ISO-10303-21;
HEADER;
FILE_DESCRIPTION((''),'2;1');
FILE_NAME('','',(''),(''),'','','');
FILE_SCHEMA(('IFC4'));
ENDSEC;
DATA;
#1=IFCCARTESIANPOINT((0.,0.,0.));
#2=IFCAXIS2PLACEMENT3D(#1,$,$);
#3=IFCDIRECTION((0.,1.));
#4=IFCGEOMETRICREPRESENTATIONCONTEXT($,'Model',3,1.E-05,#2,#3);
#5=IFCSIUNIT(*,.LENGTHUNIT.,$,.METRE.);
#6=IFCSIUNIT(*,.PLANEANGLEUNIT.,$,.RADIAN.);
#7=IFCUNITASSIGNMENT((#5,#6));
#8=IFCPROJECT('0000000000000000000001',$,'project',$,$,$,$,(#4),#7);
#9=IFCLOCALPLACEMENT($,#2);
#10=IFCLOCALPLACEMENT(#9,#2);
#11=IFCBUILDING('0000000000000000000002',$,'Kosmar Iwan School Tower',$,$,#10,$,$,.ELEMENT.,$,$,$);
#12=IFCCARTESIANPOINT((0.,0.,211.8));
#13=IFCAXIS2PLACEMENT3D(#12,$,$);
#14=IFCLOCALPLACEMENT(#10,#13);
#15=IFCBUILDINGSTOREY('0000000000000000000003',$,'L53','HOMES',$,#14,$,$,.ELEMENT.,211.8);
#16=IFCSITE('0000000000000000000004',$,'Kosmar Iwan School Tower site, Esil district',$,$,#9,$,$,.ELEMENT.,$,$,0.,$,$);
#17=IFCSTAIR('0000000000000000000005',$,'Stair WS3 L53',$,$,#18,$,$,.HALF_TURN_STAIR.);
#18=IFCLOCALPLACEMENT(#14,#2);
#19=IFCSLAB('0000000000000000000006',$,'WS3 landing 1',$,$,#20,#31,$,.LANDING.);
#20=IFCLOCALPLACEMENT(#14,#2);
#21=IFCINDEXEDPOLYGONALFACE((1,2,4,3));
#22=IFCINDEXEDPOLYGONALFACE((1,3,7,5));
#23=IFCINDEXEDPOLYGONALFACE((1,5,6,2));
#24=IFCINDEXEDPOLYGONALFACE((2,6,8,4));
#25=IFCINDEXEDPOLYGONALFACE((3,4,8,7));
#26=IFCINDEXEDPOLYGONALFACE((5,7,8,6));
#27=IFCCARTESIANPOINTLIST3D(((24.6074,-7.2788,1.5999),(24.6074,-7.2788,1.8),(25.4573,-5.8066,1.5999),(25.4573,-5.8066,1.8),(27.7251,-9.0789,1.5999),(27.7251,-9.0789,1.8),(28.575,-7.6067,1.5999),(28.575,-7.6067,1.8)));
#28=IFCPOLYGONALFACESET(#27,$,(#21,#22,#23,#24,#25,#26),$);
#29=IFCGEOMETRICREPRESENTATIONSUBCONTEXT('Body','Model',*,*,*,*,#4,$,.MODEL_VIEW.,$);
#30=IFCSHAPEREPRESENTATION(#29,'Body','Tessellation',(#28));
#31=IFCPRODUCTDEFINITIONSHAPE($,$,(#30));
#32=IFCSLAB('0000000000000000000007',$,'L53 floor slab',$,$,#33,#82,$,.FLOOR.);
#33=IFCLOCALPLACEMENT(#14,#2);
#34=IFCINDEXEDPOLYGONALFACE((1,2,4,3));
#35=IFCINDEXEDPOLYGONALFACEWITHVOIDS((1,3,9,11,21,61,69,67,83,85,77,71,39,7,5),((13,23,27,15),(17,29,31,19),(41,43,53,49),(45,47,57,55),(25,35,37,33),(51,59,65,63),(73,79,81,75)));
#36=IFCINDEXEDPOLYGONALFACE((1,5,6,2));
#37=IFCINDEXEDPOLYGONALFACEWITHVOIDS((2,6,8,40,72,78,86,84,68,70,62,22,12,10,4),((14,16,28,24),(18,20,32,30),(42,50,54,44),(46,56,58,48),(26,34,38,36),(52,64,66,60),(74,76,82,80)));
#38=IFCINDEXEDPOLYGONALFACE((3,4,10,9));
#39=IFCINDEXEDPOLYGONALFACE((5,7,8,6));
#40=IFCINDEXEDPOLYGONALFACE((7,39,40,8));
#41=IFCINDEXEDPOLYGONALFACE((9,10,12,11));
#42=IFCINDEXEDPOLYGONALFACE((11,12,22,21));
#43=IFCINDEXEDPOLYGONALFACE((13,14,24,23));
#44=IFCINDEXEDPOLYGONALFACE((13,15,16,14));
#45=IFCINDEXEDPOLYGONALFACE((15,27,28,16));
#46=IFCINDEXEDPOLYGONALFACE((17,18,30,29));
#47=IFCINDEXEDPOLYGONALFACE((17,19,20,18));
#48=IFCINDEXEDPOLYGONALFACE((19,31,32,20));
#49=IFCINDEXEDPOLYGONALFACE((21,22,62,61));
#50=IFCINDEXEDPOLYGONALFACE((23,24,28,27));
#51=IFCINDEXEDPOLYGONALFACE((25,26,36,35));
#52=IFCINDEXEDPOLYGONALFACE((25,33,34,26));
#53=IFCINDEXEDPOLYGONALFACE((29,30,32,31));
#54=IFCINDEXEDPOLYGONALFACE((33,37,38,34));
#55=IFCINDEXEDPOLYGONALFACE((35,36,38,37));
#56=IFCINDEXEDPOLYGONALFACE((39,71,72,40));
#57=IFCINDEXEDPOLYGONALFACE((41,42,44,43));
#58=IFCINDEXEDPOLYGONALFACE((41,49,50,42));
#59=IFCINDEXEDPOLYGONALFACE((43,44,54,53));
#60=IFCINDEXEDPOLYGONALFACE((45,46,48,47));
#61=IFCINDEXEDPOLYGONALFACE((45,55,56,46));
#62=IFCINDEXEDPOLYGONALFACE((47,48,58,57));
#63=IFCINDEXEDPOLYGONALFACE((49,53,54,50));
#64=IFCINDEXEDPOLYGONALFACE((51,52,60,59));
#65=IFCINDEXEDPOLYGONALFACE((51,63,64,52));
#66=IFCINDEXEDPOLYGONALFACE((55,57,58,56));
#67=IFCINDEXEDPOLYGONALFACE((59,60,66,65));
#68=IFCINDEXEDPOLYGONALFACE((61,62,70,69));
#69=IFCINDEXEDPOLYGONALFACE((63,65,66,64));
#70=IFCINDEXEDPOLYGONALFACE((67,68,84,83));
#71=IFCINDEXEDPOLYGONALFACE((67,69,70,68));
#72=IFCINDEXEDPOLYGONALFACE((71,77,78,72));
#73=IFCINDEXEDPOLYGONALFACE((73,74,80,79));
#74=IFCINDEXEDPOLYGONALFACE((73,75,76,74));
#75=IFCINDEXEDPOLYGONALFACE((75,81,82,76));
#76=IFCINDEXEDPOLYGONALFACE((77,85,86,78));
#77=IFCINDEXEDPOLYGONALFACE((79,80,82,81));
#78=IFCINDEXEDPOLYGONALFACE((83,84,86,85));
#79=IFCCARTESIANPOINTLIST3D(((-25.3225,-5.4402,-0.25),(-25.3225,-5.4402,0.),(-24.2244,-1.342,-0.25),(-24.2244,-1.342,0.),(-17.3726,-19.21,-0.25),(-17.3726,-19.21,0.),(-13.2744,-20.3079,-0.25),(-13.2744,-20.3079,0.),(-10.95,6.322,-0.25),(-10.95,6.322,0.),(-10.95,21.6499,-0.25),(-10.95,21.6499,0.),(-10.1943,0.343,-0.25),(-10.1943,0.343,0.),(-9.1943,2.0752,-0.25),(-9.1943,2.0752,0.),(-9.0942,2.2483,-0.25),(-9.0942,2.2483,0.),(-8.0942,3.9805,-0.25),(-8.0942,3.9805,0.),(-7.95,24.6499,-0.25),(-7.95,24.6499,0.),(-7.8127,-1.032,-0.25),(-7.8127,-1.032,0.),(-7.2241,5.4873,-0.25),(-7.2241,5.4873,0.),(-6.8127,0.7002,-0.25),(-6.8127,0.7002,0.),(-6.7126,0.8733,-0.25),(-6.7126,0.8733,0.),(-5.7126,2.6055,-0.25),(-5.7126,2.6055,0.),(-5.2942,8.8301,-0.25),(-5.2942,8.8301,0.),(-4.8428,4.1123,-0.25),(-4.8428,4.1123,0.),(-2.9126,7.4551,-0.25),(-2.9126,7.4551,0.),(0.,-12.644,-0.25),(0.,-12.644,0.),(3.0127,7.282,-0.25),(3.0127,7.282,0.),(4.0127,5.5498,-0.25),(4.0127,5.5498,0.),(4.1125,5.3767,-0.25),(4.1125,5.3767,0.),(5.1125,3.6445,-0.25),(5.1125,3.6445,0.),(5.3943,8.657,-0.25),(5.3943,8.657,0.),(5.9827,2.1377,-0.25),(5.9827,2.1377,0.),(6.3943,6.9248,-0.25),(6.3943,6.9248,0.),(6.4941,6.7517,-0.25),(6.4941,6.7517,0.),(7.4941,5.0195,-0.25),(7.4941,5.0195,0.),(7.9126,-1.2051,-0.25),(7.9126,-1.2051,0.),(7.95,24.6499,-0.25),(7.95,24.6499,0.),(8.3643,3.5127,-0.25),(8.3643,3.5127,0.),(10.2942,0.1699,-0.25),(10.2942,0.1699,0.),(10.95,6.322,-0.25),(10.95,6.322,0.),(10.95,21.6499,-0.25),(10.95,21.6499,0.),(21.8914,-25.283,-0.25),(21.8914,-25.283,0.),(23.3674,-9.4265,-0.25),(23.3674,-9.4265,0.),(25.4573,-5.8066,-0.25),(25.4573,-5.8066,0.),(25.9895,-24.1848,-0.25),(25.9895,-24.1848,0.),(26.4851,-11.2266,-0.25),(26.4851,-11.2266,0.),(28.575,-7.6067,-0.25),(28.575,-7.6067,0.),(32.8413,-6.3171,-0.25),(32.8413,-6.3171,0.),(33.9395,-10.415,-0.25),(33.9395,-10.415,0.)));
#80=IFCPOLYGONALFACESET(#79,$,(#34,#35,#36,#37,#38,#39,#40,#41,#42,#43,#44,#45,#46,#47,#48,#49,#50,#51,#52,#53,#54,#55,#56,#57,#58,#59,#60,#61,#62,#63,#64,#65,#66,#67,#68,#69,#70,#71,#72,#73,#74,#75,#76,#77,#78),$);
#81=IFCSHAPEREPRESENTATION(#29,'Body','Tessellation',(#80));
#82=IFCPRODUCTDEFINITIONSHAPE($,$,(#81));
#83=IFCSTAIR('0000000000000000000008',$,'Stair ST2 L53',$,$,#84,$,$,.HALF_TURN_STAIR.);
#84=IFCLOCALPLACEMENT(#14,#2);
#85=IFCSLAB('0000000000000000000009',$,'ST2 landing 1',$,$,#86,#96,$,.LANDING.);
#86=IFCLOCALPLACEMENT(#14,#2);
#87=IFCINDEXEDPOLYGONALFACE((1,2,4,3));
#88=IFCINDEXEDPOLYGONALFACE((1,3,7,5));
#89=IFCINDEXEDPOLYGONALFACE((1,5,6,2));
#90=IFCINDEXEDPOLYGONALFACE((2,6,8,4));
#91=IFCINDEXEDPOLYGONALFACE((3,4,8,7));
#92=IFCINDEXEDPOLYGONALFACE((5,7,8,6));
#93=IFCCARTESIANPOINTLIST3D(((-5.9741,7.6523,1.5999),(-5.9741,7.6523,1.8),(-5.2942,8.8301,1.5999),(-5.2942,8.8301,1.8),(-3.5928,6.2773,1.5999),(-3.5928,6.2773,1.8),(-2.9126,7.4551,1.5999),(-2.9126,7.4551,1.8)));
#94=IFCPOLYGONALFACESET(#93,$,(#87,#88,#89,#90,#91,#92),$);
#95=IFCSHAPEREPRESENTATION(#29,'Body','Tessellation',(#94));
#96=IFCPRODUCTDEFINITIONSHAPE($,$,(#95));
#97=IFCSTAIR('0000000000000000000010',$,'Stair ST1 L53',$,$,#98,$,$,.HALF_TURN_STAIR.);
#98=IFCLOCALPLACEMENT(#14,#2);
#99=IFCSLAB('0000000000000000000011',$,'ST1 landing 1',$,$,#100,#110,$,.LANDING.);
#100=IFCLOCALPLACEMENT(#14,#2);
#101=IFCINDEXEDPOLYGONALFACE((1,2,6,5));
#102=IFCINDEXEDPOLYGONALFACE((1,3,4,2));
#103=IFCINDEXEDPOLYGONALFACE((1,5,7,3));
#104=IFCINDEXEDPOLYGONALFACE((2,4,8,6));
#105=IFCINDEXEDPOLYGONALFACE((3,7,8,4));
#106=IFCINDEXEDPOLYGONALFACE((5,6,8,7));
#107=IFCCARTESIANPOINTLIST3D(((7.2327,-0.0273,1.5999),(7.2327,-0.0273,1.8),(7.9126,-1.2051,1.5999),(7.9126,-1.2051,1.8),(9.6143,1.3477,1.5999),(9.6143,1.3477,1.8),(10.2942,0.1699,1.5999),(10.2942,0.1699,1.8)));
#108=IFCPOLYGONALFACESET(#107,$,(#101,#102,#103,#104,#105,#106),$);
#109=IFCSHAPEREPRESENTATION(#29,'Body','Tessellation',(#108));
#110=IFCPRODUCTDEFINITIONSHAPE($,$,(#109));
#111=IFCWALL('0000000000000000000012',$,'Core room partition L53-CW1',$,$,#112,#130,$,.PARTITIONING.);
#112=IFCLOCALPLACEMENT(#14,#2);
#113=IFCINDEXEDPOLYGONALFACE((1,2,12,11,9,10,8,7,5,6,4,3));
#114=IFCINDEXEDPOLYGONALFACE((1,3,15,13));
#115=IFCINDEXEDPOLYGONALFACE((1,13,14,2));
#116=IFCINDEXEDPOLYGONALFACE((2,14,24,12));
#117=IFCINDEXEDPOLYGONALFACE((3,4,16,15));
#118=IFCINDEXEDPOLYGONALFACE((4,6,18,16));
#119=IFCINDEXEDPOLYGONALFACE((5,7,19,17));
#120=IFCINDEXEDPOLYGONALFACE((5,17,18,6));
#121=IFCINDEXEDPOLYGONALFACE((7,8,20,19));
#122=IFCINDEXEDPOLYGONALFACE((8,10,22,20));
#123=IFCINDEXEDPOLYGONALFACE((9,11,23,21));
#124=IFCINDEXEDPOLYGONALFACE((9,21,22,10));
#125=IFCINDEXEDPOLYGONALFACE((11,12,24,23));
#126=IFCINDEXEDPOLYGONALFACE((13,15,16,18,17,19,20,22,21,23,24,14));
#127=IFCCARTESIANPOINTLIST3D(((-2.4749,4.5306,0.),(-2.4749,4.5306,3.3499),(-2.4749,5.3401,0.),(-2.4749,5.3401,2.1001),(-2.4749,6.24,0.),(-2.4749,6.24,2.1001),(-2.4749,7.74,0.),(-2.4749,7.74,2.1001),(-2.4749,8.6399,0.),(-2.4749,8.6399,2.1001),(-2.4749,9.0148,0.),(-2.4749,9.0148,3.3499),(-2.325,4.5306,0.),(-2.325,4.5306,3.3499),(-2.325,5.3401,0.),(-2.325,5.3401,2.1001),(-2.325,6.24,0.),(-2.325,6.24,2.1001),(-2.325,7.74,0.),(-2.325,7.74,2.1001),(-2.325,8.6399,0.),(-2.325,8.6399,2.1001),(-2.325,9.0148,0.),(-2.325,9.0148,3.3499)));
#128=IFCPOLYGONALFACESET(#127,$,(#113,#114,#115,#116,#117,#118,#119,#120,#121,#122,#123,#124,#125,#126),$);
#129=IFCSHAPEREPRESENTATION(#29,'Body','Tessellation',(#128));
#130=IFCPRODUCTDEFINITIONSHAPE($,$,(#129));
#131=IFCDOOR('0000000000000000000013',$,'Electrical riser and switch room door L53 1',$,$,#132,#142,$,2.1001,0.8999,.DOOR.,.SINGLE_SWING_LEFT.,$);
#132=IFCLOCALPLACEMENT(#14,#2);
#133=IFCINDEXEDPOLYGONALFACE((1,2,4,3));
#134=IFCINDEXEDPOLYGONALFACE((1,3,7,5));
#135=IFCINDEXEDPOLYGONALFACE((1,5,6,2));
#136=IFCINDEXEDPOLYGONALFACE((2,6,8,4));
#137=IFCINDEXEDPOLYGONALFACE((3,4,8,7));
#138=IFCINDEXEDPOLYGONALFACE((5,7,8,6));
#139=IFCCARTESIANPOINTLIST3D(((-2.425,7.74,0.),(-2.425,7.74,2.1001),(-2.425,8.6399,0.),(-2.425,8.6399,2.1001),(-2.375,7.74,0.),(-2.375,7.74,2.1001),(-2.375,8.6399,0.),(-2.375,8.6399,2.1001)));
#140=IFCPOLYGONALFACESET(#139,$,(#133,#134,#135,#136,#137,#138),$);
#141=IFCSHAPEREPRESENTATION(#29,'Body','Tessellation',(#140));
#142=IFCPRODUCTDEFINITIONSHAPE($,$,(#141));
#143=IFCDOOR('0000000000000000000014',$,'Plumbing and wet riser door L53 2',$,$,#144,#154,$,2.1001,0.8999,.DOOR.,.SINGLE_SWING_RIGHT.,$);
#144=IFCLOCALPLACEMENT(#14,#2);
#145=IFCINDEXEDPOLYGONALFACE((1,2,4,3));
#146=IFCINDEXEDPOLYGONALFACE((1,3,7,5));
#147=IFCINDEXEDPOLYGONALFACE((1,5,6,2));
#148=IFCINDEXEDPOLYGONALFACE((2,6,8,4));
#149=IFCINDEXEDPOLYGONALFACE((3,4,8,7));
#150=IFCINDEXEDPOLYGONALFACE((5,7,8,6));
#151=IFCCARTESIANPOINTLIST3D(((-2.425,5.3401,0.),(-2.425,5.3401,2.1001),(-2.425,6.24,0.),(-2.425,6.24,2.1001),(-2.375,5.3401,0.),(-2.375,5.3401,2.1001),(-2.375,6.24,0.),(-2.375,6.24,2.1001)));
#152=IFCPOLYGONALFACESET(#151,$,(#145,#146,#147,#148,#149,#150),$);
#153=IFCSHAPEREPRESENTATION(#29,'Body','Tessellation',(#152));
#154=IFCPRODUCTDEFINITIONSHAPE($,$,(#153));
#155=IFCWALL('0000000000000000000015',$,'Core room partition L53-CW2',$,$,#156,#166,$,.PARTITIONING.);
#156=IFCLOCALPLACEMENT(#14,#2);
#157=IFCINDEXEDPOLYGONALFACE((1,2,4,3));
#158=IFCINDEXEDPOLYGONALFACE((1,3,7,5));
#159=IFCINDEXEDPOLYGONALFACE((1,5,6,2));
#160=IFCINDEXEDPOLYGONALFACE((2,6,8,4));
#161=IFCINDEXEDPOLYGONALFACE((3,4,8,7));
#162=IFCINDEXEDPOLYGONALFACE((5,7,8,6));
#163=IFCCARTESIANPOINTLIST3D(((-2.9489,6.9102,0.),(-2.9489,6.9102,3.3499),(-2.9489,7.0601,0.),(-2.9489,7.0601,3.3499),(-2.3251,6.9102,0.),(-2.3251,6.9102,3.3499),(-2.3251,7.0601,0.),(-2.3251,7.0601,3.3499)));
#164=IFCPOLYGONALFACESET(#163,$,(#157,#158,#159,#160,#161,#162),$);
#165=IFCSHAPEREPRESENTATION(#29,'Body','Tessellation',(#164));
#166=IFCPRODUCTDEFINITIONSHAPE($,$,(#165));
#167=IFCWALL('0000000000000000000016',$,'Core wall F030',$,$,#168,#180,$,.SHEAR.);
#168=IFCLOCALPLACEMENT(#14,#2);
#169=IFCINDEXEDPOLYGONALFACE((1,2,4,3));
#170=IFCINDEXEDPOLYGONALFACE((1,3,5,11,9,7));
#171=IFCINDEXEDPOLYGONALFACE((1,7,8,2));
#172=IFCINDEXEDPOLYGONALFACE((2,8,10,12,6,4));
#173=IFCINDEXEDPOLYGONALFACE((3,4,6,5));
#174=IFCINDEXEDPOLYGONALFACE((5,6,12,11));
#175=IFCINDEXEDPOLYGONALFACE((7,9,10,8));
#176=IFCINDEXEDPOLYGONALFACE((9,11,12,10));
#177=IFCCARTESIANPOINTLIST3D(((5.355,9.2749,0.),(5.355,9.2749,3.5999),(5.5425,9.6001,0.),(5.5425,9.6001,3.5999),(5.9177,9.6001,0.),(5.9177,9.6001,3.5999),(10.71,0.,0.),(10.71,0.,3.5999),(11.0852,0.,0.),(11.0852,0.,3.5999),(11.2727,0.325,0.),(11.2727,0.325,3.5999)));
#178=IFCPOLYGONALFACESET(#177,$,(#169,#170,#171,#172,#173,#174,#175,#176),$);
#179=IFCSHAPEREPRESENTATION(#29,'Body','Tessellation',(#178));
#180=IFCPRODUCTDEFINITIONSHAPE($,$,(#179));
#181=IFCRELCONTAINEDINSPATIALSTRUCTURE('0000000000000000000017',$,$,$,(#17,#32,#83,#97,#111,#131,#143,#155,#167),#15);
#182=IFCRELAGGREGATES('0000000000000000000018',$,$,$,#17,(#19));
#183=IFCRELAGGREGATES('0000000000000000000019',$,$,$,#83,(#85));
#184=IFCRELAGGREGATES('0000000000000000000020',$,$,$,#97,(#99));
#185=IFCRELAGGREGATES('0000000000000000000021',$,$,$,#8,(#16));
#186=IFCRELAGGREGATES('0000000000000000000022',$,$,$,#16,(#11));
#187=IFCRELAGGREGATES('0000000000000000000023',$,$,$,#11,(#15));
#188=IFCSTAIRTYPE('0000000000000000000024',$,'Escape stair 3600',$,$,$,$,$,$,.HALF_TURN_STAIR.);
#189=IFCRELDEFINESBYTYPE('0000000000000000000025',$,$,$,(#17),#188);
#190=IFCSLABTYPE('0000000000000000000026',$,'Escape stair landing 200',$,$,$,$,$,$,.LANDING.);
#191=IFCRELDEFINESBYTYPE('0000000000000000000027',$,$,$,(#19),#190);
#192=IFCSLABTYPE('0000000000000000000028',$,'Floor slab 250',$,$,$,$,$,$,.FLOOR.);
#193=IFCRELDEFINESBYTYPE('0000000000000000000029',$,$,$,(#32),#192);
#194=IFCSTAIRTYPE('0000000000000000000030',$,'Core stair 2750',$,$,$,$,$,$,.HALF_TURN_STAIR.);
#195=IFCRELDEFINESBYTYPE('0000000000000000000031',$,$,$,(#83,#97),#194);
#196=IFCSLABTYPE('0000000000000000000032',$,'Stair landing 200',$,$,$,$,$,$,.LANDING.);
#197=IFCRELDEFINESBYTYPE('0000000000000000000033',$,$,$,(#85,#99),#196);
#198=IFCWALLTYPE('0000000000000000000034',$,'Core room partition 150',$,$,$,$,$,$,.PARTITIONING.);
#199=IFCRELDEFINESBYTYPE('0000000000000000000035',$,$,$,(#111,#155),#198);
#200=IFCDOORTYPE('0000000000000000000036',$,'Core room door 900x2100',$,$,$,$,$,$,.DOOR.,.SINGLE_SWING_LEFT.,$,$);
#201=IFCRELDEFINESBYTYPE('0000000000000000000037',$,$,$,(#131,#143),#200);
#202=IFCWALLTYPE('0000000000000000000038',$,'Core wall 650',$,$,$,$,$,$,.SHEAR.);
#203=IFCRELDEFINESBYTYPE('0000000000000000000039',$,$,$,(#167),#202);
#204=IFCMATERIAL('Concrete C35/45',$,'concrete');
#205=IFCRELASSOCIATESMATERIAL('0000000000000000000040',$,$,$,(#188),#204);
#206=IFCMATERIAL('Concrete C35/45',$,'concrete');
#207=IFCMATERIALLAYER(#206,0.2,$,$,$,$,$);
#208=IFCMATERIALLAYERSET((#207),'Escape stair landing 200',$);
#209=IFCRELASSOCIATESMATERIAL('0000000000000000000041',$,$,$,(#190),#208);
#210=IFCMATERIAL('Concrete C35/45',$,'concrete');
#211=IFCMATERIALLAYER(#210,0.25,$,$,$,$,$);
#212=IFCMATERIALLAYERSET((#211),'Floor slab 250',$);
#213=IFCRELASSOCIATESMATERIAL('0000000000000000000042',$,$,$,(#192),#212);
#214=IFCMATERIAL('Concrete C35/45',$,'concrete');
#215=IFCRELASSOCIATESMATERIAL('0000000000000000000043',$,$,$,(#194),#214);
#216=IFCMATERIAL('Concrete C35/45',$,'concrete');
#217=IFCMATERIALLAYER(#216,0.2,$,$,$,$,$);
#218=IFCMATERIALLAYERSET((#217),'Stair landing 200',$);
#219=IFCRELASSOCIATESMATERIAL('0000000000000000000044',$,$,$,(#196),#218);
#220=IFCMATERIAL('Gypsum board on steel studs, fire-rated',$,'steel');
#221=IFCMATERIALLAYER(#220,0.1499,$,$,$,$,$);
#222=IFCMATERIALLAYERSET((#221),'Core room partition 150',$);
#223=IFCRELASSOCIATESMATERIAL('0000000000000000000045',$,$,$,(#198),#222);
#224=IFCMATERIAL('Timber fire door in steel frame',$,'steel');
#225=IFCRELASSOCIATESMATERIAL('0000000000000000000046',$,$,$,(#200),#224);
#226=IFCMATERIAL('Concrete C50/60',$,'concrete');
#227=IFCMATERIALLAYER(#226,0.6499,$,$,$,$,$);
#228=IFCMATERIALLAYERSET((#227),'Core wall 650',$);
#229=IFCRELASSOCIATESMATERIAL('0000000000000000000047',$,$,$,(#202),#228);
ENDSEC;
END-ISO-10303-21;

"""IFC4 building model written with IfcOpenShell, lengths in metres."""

from ifc_helpers import new_model, si_unit, direction, frame, frame_2d, origin, place, context, subcontext, project, spatial, polyline, rectangle, outline, extrude, material, layer, layer_set, type_object, element, fill, aggregate, save


model = new_model("IFC4")

# Units and contexts
model_context = context("Model", 3, precision=1e-05, world=origin(), true_north=direction((0.0, 1.0)))
body_context = subcontext(model_context, "Body", "Model", "MODEL_VIEW")
ifc_project = project(units=[si_unit("LENGTHUNIT", "METRE"), si_unit("PLANEANGLEUNIT", "RADIAN")], contexts=[model_context])

# Site, building, storey
site_placement = place(None, origin())
site = spatial("IfcSite", under=ifc_project, at=site_placement, Name="Kosmar Iwan School Tower site, Esil district", CompositionType="ELEMENT", RefElevation=0.0)
building_placement = place(site_placement, origin())
building = spatial("IfcBuilding", under=site, at=building_placement, Name="Kosmar Iwan School Tower", CompositionType="ELEMENT")
storey_placement = place(building_placement, frame((0.0, 0.0, 211.8)))
storey = spatial("IfcBuildingStorey", under=building, at=storey_placement, Name="L53", Description="HOMES", CompositionType="ELEMENT", Elevation=211.8)

# Stair, slab
ifc_material_1 = material(Name="Concrete C35/45", Category="concrete")
stair_type_1 = type_object("IfcStairType", Name="Escape stair 3600", PredefinedType="HALF_TURN_STAIR", material=ifc_material_1)
stair_1_placement = place(storey_placement, origin())
stair_1 = element("IfcStair", 1, at=stair_1_placement, inside=storey, type_object=stair_type_1, Name="Stair WS3 L53", PredefinedType="HALF_TURN_STAIR")
ifc_material_2 = material(Name="Concrete C35/45", Category="concrete")
ifc_layer_1 = layer(ifc_material_2, 0.2)
ifc_layer_set_1 = layer_set([ifc_layer_1], Name="Escape stair landing 200")
slab_type_1 = type_object("IfcSlabType", Name="Escape stair landing 200", PredefinedType="LANDING", material=ifc_layer_set_1)
slab_1_placement = place(storey_placement, frame((0.0, 0.0, 1.5999)))
slab_1 = element("IfcSlab", 2, at=slab_1_placement, type_object=slab_type_1, Name="WS3 landing 1", PredefinedType="LANDING", context=body_context, shape_type="SweptSolid", body=[
    extrude(outline(polyline([(24.6074, -7.2788), (27.7251, -9.0789), (28.575, -7.6067), (25.4573, -5.8066), (24.6074, -7.2788)])), origin(), (0.0, 0.0, 1.0), 0.2002),
])
aggregate(stair_1, [slab_1])

# Slab
ifc_material_3 = material(Name="Concrete C35/45", Category="concrete")
ifc_layer_2 = layer(ifc_material_3, 0.25)
ifc_layer_set_2 = layer_set([ifc_layer_2], Name="Floor slab 250")
slab_type_2 = type_object("IfcSlabType", Name="Floor slab 250", PredefinedType="FLOOR", material=ifc_layer_set_2)
slab_2_placement = place(storey_placement, frame((0.0, 0.0, -0.25)))
element("IfcSlab", 3, at=slab_2_placement, inside=storey, type_object=slab_type_2, Name="L53 floor slab", PredefinedType="FLOOR", context=body_context, shape_type="SweptSolid", body=[
    extrude(outline(polyline([(21.8914, -25.283), (25.9895, -24.1848), (33.9395, -10.415), (32.8413, -6.3171), (10.95, 6.322), (10.95, 21.6499), (7.95, 24.6499), (-7.95, 24.6499), (-10.95, 21.6499), (-10.95, 6.322), (-24.2244, -1.342), (-25.3225, -5.4402), (-17.3726, -19.21), (-13.2744, -20.3079), (0.0, -12.644), (21.8914, -25.283)]), holes=[polyline([(7.9126, -1.2051), (10.2942, 0.1699), (8.3643, 3.5127), (5.9827, 2.1377), (7.9126, -1.2051)]), polyline([(-2.9126, 7.4551), (-5.2942, 8.8301), (-7.2241, 5.4873), (-4.8428, 4.1123), (-2.9126, 7.4551)]), polyline([(-5.7126, 2.6055), (-8.0942, 3.9805), (-9.0942, 2.2483), (-6.7126, 0.8733), (-5.7126, 2.6055)]), polyline([(-6.8127, 0.7002), (-9.1943, 2.0752), (-10.1943, 0.343), (-7.8127, -1.032), (-6.8127, 0.7002)]), polyline([(5.1125, 3.6445), (7.4941, 5.0195), (6.4941, 6.7517), (4.1125, 5.3767), (5.1125, 3.6445)]), polyline([(4.0127, 5.5498), (6.3943, 6.9248), (5.3943, 8.657), (3.0127, 7.282), (4.0127, 5.5498)]), polyline([(23.3674, -9.4265), (26.4851, -11.2266), (28.575, -7.6067), (25.4573, -5.8066), (23.3674, -9.4265)])]), origin(), (0.0, 0.0, 1.0), 0.25),
])

# Stairs, slabs
ifc_material_4 = material(Name="Concrete C35/45", Category="concrete")
stair_type_2 = type_object("IfcStairType", Name="Core stair 2750", PredefinedType="HALF_TURN_STAIR", material=ifc_material_4)
stair_2_placement = place(storey_placement, origin())
stair_2 = element("IfcStair", 4, at=stair_2_placement, inside=storey, type_object=stair_type_2, Name="Stair ST2 L53", PredefinedType="HALF_TURN_STAIR")
ifc_material_5 = material(Name="Concrete C35/45", Category="concrete")
ifc_layer_3 = layer(ifc_material_5, 0.2)
ifc_layer_set_3 = layer_set([ifc_layer_3], Name="Stair landing 200")
slab_type_3 = type_object("IfcSlabType", Name="Stair landing 200", PredefinedType="LANDING", material=ifc_layer_set_3)
slab_3_placement = place(storey_placement, frame((0.0, 0.0, 1.5999)))
slab_3 = element("IfcSlab", 5, at=slab_3_placement, type_object=slab_type_3, Name="ST2 landing 1", PredefinedType="LANDING", context=body_context, shape_type="SweptSolid", body=[
    extrude(outline(polyline([(-2.9126, 7.4551), (-5.2942, 8.8301), (-5.9741, 7.6523), (-3.5928, 6.2773), (-2.9126, 7.4551)])), origin(), (0.0, 0.0, 1.0), 0.2002),
])
aggregate(stair_2, [slab_3])
stair_3_placement = place(storey_placement, origin())
stair_3 = element("IfcStair", 6, at=stair_3_placement, inside=storey, type_object=stair_type_2, Name="Stair ST1 L53", PredefinedType="HALF_TURN_STAIR")
slab_4_placement = place(storey_placement, frame((0.0, 0.0, 1.5999)))
slab_4 = element("IfcSlab", 7, at=slab_4_placement, type_object=slab_type_3, Name="ST1 landing 1", PredefinedType="LANDING", context=body_context, shape_type="SweptSolid", body=[
    extrude(outline(polyline([(7.9126, -1.2051), (10.2942, 0.1699), (9.6143, 1.3477), (7.2327, -0.0273), (7.9126, -1.2051)])), origin(), (0.0, 0.0, 1.0), 0.2002),
])
aggregate(stair_3, [slab_4])

# Wall, openings, doors
ifc_material_6 = material(Name="Gypsum board on steel studs, fire-rated", Category="steel")
ifc_layer_4 = layer(ifc_material_6, 0.1499)
ifc_layer_set_4 = layer_set([ifc_layer_4], Name="Core room partition 150")
wall_type_1 = type_object("IfcWallType", Name="Core room partition 150", PredefinedType="PARTITIONING", material=ifc_layer_set_4)
wall_1_placement = place(storey_placement, frame((-2.3999, 9.0149, 0.0), z_axis=(0.0, 0.0, 1.0), x_axis=(0.0, -1.0, 0.0)))
wall_1 = element("IfcWall", 8, at=wall_1_placement, inside=storey, type_object=wall_type_1, Name="Core room partition L53-CW1", PredefinedType="PARTITIONING", context=body_context, shape_type="SweptSolid", body=[
    extrude(rectangle(XDim=4.4841, YDim=0.1499, at=frame_2d((2.2422, 0.0))), origin(), (0.0, 0.0, 1.0), 3.3499),
])
opening_1_placement = place(wall_1_placement, frame((0.375, 0.0, 0.0)))
opening_1 = element("IfcOpeningElement", 9, at=opening_1_placement, cuts=wall_1, PredefinedType="OPENING", context=body_context, shape_type="SweptSolid", body=[
    extrude(rectangle(XDim=0.8999, YDim=2.1001, at=frame_2d((0.45, 1.05))), frame((0.0, 0.0869, 0.0), z_axis=(0.0, -1.0, 0.0), x_axis=(1.0, 0.0, 0.0)), (0.0, 0.0, 1.0), 0.1738),
])
opening_2_placement = place(wall_1_placement, frame((2.7749, 0.0, 0.0)))
opening_2 = element("IfcOpeningElement", 10, at=opening_2_placement, cuts=wall_1, PredefinedType="OPENING", context=body_context, shape_type="SweptSolid", body=[
    extrude(rectangle(XDim=0.8999, YDim=2.1001, at=frame_2d((0.45, 1.05))), frame((0.0, 0.0869, 0.0), z_axis=(0.0, -1.0, 0.0), x_axis=(1.0, 0.0, 0.0)), (0.0, 0.0, 1.0), 0.1738),
])
ifc_material_7 = material(Name="Timber fire door in steel frame", Category="steel")
door_type_1 = type_object("IfcDoorType", Name="Core room door 900x2100", OperationType="SINGLE_SWING_LEFT", PredefinedType="DOOR", material=ifc_material_7)
door_1_placement = place(opening_1_placement, origin())
door_1 = element("IfcDoor", 11, at=door_1_placement, inside=storey, type_object=door_type_1, Name="Electrical riser and switch room door L53 1", OperationType="SINGLE_SWING_LEFT", OverallHeight=2.1001, OverallWidth=0.8999, PredefinedType="DOOR", context=body_context, shape_type="SweptSolid", body=[
    extrude(rectangle(XDim=0.8999, YDim=2.1001, at=frame_2d((0.45, 1.05))), frame((0.0, 0.0249, 0.0), z_axis=(0.0, -1.0, 0.0), x_axis=(1.0, 0.0, 0.0)), (0.0, 0.0, 1.0), 0.05),
])
fill(opening_1, door_1)
door_2_placement = place(opening_2_placement, origin())
door_2 = element("IfcDoor", 12, at=door_2_placement, inside=storey, type_object=door_type_1, Name="Plumbing and wet riser door L53 2", OperationType="SINGLE_SWING_RIGHT", OverallHeight=2.1001, OverallWidth=0.8999, PredefinedType="DOOR", context=body_context, shape_type="SweptSolid", body=[
    extrude(rectangle(XDim=0.8999, YDim=2.1001, at=frame_2d((0.45, 1.05))), frame((0.0, 0.0249, 0.0), z_axis=(0.0, -1.0, 0.0), x_axis=(1.0, 0.0, 0.0)), (0.0, 0.0, 1.0), 0.05),
])
fill(opening_2, door_2)

# Walls
wall_2_placement = place(storey_placement, frame((-2.325, 6.9851, 0.0), z_axis=(0.0, 0.0, 1.0), x_axis=(-1.0, 0.0, 0.0)))
element("IfcWall", 13, at=wall_2_placement, inside=storey, type_object=wall_type_1, Name="Core room partition L53-CW2", PredefinedType="PARTITIONING", context=body_context, shape_type="SweptSolid", body=[
    extrude(rectangle(XDim=0.6238, YDim=0.1499, at=frame_2d((0.312, 0.0))), origin(), (0.0, 0.0, 1.0), 3.3499),
])
ifc_material_8 = material(Name="Concrete C50/60", Category="concrete")
ifc_layer_5 = layer(ifc_material_8, 0.6499)
ifc_layer_set_5 = layer_set([ifc_layer_5], Name="Core wall 650")
wall_type_2 = type_object("IfcWallType", Name="Core wall 650", PredefinedType="SHEAR", material=ifc_layer_set_5)
wall_3_placement = place(storey_placement, origin())
element("IfcWall", 14, at=wall_3_placement, inside=storey, type_object=wall_type_2, Name="Core wall F030", PredefinedType="SHEAR", context=body_context, shape_type="SweptSolid", body=[
    extrude(outline(polyline([(10.71, 0.0), (11.0852, 0.0), (11.2727, 0.325), (5.9177, 9.6001), (5.5425, 9.6001), (5.355, 9.2749), (10.71, 0.0)])), origin(), (0.0, 0.0, 1.0), 3.5999),
])

save(model, "model.ifc")
